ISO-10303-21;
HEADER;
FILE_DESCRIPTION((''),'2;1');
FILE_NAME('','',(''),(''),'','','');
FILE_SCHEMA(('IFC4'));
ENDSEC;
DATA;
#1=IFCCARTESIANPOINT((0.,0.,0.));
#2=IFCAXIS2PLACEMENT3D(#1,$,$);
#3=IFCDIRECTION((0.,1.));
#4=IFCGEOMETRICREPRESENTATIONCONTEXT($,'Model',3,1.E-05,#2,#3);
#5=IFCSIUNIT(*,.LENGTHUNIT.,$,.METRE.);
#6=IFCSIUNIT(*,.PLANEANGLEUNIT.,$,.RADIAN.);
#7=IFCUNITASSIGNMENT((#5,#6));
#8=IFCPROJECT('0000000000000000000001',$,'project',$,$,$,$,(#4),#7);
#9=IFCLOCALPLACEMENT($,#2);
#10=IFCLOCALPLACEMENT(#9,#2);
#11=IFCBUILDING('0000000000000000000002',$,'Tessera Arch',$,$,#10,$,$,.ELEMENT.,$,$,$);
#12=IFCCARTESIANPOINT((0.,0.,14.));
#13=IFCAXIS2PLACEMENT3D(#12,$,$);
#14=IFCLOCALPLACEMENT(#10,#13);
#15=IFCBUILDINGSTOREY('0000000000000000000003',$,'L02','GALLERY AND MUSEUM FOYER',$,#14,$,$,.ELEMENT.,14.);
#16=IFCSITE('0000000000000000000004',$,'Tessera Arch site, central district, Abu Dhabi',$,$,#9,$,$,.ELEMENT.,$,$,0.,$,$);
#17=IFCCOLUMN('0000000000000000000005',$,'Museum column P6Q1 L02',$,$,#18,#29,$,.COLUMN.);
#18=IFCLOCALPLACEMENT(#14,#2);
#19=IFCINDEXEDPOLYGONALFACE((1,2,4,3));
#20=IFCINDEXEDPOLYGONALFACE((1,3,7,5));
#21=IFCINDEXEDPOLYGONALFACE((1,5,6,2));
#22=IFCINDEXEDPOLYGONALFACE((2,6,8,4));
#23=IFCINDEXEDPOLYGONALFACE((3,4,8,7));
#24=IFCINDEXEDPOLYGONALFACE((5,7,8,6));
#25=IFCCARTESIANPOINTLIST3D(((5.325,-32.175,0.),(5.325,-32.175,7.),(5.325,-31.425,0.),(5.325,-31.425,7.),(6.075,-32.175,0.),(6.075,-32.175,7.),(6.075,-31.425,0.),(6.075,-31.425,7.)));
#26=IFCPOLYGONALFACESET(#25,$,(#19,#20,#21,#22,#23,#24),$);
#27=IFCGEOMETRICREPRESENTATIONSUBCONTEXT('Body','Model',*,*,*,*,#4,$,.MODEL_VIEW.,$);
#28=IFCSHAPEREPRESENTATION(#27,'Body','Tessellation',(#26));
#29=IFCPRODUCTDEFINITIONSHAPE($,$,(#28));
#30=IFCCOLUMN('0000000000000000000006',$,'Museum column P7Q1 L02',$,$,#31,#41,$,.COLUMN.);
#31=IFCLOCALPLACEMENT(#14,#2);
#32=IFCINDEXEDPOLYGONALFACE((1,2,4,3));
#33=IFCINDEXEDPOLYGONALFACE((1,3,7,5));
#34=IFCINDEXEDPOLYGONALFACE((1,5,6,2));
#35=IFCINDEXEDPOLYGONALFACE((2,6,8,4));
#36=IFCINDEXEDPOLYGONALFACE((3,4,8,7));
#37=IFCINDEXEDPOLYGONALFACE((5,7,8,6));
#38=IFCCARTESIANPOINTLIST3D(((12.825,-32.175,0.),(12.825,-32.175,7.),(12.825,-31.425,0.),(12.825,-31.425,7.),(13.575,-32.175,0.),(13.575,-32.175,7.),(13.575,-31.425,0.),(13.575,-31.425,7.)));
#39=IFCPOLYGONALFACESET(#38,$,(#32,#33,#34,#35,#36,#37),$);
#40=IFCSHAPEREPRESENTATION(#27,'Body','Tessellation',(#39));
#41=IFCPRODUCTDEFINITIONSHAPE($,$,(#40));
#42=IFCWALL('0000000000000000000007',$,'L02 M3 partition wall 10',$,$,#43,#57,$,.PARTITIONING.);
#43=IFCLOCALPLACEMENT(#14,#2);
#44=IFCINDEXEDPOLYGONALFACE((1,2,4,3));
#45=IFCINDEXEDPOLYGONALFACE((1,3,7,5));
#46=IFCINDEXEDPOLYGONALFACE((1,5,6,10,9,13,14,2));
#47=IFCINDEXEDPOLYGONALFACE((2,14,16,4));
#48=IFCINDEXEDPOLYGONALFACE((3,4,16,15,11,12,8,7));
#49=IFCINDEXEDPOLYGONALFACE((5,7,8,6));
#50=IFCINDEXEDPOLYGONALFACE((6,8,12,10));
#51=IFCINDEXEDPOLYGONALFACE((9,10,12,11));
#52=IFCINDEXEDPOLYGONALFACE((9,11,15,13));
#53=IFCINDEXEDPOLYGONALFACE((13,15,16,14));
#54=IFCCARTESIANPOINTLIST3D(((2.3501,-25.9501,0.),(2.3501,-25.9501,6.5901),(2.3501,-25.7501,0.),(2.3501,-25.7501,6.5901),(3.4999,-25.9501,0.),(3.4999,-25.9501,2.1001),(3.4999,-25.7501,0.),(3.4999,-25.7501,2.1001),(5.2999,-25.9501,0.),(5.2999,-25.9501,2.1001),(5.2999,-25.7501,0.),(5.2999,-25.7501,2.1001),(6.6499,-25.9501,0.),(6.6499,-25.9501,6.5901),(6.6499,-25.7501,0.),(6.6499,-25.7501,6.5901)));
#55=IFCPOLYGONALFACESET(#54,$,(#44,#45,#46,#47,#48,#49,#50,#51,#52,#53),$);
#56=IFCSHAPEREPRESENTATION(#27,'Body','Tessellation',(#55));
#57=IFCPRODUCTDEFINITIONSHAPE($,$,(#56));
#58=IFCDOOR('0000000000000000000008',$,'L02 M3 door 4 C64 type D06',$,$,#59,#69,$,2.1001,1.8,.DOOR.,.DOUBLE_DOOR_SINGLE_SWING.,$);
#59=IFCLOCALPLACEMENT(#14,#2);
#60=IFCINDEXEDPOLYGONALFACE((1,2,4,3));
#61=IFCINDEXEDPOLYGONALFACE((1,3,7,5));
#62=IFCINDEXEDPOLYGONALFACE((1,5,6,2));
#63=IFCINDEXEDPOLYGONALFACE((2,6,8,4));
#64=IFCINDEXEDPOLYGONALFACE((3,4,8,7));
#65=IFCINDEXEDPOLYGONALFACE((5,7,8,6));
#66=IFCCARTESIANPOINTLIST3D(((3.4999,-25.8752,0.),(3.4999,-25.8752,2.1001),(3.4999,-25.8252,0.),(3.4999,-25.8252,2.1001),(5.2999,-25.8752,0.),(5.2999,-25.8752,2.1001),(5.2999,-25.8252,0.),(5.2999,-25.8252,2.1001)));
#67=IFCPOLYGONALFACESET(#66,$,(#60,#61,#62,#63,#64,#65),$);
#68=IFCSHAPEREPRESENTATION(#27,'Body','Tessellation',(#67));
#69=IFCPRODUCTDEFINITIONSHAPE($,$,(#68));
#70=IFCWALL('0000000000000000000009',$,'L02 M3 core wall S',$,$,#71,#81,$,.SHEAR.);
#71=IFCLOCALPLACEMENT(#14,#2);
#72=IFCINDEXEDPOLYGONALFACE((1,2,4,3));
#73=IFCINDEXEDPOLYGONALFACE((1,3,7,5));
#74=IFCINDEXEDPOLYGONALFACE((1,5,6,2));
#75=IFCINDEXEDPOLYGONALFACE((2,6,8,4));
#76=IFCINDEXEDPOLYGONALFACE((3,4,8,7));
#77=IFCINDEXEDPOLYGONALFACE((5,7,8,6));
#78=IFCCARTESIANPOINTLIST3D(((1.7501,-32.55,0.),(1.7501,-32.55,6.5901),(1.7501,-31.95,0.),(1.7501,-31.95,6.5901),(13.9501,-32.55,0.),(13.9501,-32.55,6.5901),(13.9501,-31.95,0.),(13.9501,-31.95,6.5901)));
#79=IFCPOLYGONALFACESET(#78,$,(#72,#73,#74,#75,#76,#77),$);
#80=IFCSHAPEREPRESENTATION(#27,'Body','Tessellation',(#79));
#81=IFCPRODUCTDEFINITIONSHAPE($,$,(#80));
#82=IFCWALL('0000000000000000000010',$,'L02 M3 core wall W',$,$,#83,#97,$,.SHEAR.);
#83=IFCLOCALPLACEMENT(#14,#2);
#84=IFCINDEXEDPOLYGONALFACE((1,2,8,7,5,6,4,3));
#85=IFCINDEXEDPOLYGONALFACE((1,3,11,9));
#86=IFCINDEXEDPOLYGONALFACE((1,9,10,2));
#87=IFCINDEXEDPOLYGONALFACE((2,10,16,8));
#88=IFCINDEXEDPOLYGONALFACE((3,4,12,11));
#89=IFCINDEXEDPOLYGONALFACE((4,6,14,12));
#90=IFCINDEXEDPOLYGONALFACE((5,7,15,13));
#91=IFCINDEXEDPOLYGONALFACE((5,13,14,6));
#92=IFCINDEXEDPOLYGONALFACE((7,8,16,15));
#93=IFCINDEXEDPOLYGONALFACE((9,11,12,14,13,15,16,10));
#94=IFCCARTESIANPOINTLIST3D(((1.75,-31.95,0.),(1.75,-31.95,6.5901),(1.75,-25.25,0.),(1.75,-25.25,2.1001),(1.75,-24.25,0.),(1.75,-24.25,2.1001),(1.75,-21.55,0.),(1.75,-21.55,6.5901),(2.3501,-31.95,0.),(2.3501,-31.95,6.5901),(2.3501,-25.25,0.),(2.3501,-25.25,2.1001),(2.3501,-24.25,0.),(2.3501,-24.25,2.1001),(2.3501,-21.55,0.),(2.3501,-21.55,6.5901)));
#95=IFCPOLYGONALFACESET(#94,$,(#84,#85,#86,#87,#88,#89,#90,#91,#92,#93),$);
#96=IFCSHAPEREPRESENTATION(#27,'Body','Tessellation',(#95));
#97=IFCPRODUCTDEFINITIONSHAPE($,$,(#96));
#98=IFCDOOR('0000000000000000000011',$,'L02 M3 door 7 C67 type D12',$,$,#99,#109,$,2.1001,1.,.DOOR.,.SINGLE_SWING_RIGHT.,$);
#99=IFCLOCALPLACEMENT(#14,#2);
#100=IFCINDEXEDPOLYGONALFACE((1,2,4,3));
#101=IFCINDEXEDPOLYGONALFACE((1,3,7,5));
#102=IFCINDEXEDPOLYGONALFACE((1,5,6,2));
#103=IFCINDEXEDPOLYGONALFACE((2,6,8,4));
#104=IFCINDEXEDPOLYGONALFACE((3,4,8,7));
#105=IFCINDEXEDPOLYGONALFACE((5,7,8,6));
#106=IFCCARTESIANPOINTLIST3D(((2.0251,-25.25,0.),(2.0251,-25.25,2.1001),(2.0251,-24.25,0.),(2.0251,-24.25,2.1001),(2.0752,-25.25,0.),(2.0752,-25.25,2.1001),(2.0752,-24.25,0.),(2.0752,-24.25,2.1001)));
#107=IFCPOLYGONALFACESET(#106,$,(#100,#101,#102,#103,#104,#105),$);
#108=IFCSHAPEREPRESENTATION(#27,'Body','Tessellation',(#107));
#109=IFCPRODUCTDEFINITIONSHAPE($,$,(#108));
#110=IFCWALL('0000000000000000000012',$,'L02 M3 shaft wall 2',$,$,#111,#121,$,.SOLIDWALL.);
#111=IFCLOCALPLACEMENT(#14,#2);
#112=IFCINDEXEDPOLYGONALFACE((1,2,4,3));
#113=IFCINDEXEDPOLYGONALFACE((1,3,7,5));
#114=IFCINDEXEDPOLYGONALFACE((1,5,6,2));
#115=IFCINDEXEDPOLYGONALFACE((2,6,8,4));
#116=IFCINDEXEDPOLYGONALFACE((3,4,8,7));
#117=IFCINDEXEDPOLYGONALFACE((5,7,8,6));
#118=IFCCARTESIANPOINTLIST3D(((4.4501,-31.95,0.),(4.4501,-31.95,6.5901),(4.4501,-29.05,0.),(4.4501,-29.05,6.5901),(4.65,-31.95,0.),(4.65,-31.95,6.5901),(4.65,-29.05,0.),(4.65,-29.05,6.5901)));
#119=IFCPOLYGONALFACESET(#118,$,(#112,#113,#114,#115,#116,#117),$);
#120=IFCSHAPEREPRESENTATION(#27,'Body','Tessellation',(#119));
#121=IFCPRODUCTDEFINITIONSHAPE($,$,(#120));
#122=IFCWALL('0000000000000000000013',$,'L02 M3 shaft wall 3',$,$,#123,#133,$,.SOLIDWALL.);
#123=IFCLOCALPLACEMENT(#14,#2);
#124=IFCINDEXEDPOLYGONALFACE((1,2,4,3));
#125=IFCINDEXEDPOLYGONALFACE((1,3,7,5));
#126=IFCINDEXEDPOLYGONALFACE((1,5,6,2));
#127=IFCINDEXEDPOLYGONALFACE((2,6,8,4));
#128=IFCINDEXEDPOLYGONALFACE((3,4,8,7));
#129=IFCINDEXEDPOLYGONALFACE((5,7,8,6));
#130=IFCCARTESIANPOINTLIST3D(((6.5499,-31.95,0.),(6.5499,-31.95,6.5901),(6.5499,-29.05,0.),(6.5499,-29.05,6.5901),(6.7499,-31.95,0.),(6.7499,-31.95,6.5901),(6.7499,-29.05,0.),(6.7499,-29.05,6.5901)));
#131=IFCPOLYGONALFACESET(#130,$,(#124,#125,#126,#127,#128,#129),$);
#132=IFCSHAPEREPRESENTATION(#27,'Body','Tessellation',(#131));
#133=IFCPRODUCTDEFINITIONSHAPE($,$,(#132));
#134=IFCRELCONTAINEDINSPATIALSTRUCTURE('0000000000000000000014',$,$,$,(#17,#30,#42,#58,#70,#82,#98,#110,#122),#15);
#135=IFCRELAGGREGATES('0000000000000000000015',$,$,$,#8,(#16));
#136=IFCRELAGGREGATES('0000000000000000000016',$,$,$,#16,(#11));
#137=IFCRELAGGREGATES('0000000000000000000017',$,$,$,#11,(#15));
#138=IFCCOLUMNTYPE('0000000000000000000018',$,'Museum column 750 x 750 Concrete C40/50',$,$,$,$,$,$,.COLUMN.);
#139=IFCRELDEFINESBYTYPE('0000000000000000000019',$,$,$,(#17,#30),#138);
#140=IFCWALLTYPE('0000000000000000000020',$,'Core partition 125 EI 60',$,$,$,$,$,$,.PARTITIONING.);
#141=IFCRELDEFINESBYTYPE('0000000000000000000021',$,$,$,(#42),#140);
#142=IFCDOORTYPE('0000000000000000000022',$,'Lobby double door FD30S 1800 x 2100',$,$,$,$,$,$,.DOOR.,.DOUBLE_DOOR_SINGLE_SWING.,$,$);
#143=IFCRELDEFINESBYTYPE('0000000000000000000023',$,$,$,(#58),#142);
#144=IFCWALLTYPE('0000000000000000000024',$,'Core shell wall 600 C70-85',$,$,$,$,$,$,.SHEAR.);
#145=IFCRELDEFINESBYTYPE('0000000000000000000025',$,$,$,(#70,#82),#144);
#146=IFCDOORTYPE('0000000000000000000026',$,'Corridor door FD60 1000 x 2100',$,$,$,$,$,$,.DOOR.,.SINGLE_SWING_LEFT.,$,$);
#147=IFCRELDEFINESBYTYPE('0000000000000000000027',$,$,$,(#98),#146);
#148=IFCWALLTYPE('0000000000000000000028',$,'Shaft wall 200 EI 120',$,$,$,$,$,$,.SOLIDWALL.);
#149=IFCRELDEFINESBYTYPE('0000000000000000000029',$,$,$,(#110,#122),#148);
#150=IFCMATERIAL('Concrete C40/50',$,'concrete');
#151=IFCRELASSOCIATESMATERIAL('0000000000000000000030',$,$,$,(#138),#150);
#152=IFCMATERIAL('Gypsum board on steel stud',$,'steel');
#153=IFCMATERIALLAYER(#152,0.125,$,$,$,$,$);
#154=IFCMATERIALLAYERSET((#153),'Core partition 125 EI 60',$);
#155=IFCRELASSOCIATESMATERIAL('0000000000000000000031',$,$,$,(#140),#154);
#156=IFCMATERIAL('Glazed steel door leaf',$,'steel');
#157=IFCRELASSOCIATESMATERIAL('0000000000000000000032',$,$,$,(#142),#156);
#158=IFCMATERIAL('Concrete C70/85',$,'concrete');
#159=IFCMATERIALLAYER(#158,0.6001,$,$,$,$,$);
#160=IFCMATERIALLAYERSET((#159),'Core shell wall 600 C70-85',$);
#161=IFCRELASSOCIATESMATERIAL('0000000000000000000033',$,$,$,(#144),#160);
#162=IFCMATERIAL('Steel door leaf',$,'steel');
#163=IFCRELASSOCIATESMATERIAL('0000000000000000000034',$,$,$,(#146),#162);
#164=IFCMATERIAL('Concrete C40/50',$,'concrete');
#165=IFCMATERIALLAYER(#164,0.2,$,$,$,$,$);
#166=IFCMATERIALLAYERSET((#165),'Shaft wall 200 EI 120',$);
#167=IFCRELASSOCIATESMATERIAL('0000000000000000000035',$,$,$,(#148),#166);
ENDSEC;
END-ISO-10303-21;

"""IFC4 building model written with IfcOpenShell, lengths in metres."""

from ifc_helpers import new_model, si_unit, direction, frame, frame_2d, origin, origin_2d, place, context, subcontext, project, spatial, rectangle, extrude, material, layer, layer_set, material_profile, profile_set, type_object, element, fill, save


model = new_model("IFC4")

# Units and contexts
model_context = context("Model", 3, precision=1e-05, world=origin(), true_north=direction((0.0, 1.0)))
body_context = subcontext(model_context, "Body", "Model", "MODEL_VIEW")
ifc_project = project(units=[si_unit("LENGTHUNIT", "METRE"), si_unit("PLANEANGLEUNIT", "RADIAN")], contexts=[model_context])

# Site, building, storey
site_placement = place(None, origin())
site = spatial("IfcSite", under=ifc_project, at=site_placement, Name="Tessera Arch site, central district, Abu Dhabi", CompositionType="ELEMENT", RefElevation=0.0)
building_placement = place(site_placement, origin())
building = spatial("IfcBuilding", under=site, at=building_placement, Name="Tessera Arch", CompositionType="ELEMENT")
storey_placement = place(building_placement, frame((0.0, 0.0, 14.0)))
storey = spatial("IfcBuildingStorey", under=building, at=storey_placement, Name="L02", Description="GALLERY AND MUSEUM FOYER", CompositionType="ELEMENT", Elevation=14.0)

# Columns
ifc_material_1 = material(Name="Concrete C40/50", Category="concrete")
ifc_material_profile = material_profile(ifc_material_1, rectangle(XDim=0.75, YDim=0.75, at=origin_2d()), Name="Museum column 750 x 750 Concrete C40/50")
ifc_profile_set = profile_set([ifc_material_profile], Name="Concrete C40/50")
column_type = type_object("IfcColumnType", Name="Museum column 750 x 750 Concrete C40/50", PredefinedType="COLUMN", material=ifc_profile_set)
for number, where, z_axis, x_axis, name in (
    (1, (5.7, -31.8, 0.0), (0.0, 0.0, 1.0), (1.0, 0.0, 0.0), "Museum column P6Q1 L02"),
    (2, (13.2, -31.8, 0.0), (0.0, 0.0, 1.0), (1.0, 0.0, 0.0), "Museum column P7Q1 L02"),
):
    element("IfcColumn", number, at=place(storey_placement, frame(where, z_axis=z_axis, x_axis=x_axis)), inside=storey, type_object=column_type, Name=name, PredefinedType="COLUMN", context=body_context, shape_type="SweptSolid", body=[
        extrude(rectangle(XDim=0.75, YDim=0.75, at=origin_2d()), origin(), (0.0, 0.0, 1.0), 7.0),
    ])

# Wall, opening, door
ifc_material_2 = material(Name="Gypsum board on steel stud", Category="steel")
ifc_layer_1 = layer(ifc_material_2, 0.125)
ifc_layer_set_1 = layer_set([ifc_layer_1], Name="Core partition 125 EI 60")
wall_type_1 = type_object("IfcWallType", Name="Core partition 125 EI 60", PredefinedType="PARTITIONING", material=ifc_layer_set_1)
wall_1_placement = place(storey_placement, frame((2.3501, -25.8501, 0.0), z_axis=(0.0, 0.0, 1.0), x_axis=(1.0, 0.0, 0.0)))
wall_1 = element("IfcWall", 3, at=wall_1_placement, inside=storey, type_object=wall_type_1, Name="L02 M3 partition wall 10", PredefinedType="PARTITIONING", context=body_context, shape_type="SweptSolid", body=[
    extrude(rectangle(XDim=4.2998, YDim=0.2, at=frame_2d((2.1499, 0.0))), origin(), (0.0, 0.0, 1.0), 6.5901),
])
opening_1_placement = place(wall_1_placement, frame((1.1499, 0.0, 0.0)))
opening_1 = element("IfcOpeningElement", 4, at=opening_1_placement, cuts=wall_1, PredefinedType="OPENING", context=body_context, shape_type="SweptSolid", body=[
    extrude(rectangle(XDim=1.8, YDim=2.1001, at=frame_2d((0.8999, 1.05))), frame((0.0, 0.1099, 0.0), z_axis=(0.0, -1.0, 0.0), x_axis=(1.0, 0.0, 0.0)), (0.0, 0.0, 1.0), 0.22),
])
ifc_material_3 = material(Name="Glazed steel door leaf", Category="steel")
door_type_1 = type_object("IfcDoorType", Name="Lobby double door FD30S 1800 x 2100", OperationType="DOUBLE_DOOR_SINGLE_SWING", PredefinedType="DOOR", material=ifc_material_3)
door_1_placement = place(opening_1_placement, origin())
door_1 = element("IfcDoor", 5, at=door_1_placement, inside=storey, type_object=door_type_1, Name="L02 M3 door 4 C64 type D06", OperationType="DOUBLE_DOOR_SINGLE_SWING", OverallHeight=2.1001, OverallWidth=1.8, PredefinedType="DOOR", context=body_context, shape_type="SweptSolid", body=[
    extrude(rectangle(XDim=1.8, YDim=2.1001, at=frame_2d((0.8999, 1.05))), frame((0.0, 0.0249, 0.0), z_axis=(0.0, -1.0, 0.0), x_axis=(1.0, 0.0, 0.0)), (0.0, 0.0, 1.0), 0.05),
])
fill(opening_1, door_1)

# Wall
ifc_material_4 = material(Name="Concrete C70/85", Category="concrete")
ifc_layer_2 = layer(ifc_material_4, 0.6001)
ifc_layer_set_2 = layer_set([ifc_layer_2], Name="Core shell wall 600 C70-85")
wall_type_2 = type_object("IfcWallType", Name="Core shell wall 600 C70-85", PredefinedType="SHEAR", material=ifc_layer_set_2)
wall_2_placement = place(storey_placement, frame((1.75, -32.25, 0.0), z_axis=(0.0, 0.0, 1.0), x_axis=(1.0, 0.0, 0.0)))
element("IfcWall", 6, at=wall_2_placement, inside=storey, type_object=wall_type_2, Name="L02 M3 core wall S", PredefinedType="SHEAR", context=body_context, shape_type="SweptSolid", body=[
    extrude(rectangle(XDim=12.2, YDim=0.6001, at=frame_2d((6.1001, 0.0))), origin(), (0.0, 0.0, 1.0), 6.5901),
])

# Wall, opening, door
wall_3_placement = place(storey_placement, frame((2.05, -31.95, 0.0), z_axis=(0.0, 0.0, 1.0), x_axis=(0.0, 1.0, 0.0)))
wall_3 = element("IfcWall", 7, at=wall_3_placement, inside=storey, type_object=wall_type_2, Name="L02 M3 core wall W", PredefinedType="SHEAR", context=body_context, shape_type="SweptSolid", body=[
    extrude(rectangle(XDim=10.3999, YDim=0.6001, at=frame_2d((5.2, 0.0))), origin(), (0.0, 0.0, 1.0), 6.5901),
])
opening_2_placement = place(wall_3_placement, frame((6.7, 0.0, 0.0)))
opening_2 = element("IfcOpeningElement", 8, at=opening_2_placement, cuts=wall_3, PredefinedType="OPENING", context=body_context, shape_type="SweptSolid", body=[
    extrude(rectangle(XDim=1.0, YDim=2.1001, at=frame_2d((0.5, 1.05))), frame((0.0, 0.3101, 0.0), z_axis=(0.0, -1.0, 0.0), x_axis=(1.0, 0.0, 0.0)), (0.0, 0.0, 1.0), 0.6201),
])
ifc_material_5 = material(Name="Steel door leaf", Category="steel")
door_type_2 = type_object("IfcDoorType", Name="Corridor door FD60 1000 x 2100", OperationType="SINGLE_SWING_LEFT", PredefinedType="DOOR", material=ifc_material_5)
door_2_placement = place(opening_2_placement, origin())
door_2 = element("IfcDoor", 9, at=door_2_placement, inside=storey, type_object=door_type_2, Name="L02 M3 door 7 C67 type D12", OperationType="SINGLE_SWING_RIGHT", OverallHeight=2.1001, OverallWidth=1.0, PredefinedType="DOOR", context=body_context, shape_type="SweptSolid", body=[
    extrude(rectangle(XDim=1.0, YDim=2.1001, at=frame_2d((0.5, 1.05))), frame((0.0, 0.0249, 0.0), z_axis=(0.0, -1.0, 0.0), x_axis=(1.0, 0.0, 0.0)), (0.0, 0.0, 1.0), 0.05),
])
fill(opening_2, door_2)

# Walls
ifc_material_6 = material(Name="Concrete C40/50", Category="concrete")
ifc_layer_3 = layer(ifc_material_6, 0.2)
ifc_layer_set_3 = layer_set([ifc_layer_3], Name="Shaft wall 200 EI 120")
wall_type_3 = type_object("IfcWallType", Name="Shaft wall 200 EI 120", PredefinedType="SOLIDWALL", material=ifc_layer_set_3)
for number, where, z_axis, x_axis, name in (
    (10, (4.55, -31.95, 0.0), (0.0, 0.0, 1.0), (0.0, 1.0, 0.0), "L02 M3 shaft wall 2"),
    (11, (6.6499, -31.95, 0.0), (0.0, 0.0, 1.0), (0.0, 1.0, 0.0), "L02 M3 shaft wall 3"),
):
    element("IfcWall", number, at=place(storey_placement, frame(where, z_axis=z_axis, x_axis=x_axis)), inside=storey, type_object=wall_type_3, Name=name, PredefinedType="SOLIDWALL", context=body_context, shape_type="SweptSolid", body=[
        extrude(rectangle(XDim=2.8999, YDim=0.2, at=frame_2d((1.45, 0.0))), origin(), (0.0, 0.0, 1.0), 6.5901),
    ])

save(model, "model.ifc")
